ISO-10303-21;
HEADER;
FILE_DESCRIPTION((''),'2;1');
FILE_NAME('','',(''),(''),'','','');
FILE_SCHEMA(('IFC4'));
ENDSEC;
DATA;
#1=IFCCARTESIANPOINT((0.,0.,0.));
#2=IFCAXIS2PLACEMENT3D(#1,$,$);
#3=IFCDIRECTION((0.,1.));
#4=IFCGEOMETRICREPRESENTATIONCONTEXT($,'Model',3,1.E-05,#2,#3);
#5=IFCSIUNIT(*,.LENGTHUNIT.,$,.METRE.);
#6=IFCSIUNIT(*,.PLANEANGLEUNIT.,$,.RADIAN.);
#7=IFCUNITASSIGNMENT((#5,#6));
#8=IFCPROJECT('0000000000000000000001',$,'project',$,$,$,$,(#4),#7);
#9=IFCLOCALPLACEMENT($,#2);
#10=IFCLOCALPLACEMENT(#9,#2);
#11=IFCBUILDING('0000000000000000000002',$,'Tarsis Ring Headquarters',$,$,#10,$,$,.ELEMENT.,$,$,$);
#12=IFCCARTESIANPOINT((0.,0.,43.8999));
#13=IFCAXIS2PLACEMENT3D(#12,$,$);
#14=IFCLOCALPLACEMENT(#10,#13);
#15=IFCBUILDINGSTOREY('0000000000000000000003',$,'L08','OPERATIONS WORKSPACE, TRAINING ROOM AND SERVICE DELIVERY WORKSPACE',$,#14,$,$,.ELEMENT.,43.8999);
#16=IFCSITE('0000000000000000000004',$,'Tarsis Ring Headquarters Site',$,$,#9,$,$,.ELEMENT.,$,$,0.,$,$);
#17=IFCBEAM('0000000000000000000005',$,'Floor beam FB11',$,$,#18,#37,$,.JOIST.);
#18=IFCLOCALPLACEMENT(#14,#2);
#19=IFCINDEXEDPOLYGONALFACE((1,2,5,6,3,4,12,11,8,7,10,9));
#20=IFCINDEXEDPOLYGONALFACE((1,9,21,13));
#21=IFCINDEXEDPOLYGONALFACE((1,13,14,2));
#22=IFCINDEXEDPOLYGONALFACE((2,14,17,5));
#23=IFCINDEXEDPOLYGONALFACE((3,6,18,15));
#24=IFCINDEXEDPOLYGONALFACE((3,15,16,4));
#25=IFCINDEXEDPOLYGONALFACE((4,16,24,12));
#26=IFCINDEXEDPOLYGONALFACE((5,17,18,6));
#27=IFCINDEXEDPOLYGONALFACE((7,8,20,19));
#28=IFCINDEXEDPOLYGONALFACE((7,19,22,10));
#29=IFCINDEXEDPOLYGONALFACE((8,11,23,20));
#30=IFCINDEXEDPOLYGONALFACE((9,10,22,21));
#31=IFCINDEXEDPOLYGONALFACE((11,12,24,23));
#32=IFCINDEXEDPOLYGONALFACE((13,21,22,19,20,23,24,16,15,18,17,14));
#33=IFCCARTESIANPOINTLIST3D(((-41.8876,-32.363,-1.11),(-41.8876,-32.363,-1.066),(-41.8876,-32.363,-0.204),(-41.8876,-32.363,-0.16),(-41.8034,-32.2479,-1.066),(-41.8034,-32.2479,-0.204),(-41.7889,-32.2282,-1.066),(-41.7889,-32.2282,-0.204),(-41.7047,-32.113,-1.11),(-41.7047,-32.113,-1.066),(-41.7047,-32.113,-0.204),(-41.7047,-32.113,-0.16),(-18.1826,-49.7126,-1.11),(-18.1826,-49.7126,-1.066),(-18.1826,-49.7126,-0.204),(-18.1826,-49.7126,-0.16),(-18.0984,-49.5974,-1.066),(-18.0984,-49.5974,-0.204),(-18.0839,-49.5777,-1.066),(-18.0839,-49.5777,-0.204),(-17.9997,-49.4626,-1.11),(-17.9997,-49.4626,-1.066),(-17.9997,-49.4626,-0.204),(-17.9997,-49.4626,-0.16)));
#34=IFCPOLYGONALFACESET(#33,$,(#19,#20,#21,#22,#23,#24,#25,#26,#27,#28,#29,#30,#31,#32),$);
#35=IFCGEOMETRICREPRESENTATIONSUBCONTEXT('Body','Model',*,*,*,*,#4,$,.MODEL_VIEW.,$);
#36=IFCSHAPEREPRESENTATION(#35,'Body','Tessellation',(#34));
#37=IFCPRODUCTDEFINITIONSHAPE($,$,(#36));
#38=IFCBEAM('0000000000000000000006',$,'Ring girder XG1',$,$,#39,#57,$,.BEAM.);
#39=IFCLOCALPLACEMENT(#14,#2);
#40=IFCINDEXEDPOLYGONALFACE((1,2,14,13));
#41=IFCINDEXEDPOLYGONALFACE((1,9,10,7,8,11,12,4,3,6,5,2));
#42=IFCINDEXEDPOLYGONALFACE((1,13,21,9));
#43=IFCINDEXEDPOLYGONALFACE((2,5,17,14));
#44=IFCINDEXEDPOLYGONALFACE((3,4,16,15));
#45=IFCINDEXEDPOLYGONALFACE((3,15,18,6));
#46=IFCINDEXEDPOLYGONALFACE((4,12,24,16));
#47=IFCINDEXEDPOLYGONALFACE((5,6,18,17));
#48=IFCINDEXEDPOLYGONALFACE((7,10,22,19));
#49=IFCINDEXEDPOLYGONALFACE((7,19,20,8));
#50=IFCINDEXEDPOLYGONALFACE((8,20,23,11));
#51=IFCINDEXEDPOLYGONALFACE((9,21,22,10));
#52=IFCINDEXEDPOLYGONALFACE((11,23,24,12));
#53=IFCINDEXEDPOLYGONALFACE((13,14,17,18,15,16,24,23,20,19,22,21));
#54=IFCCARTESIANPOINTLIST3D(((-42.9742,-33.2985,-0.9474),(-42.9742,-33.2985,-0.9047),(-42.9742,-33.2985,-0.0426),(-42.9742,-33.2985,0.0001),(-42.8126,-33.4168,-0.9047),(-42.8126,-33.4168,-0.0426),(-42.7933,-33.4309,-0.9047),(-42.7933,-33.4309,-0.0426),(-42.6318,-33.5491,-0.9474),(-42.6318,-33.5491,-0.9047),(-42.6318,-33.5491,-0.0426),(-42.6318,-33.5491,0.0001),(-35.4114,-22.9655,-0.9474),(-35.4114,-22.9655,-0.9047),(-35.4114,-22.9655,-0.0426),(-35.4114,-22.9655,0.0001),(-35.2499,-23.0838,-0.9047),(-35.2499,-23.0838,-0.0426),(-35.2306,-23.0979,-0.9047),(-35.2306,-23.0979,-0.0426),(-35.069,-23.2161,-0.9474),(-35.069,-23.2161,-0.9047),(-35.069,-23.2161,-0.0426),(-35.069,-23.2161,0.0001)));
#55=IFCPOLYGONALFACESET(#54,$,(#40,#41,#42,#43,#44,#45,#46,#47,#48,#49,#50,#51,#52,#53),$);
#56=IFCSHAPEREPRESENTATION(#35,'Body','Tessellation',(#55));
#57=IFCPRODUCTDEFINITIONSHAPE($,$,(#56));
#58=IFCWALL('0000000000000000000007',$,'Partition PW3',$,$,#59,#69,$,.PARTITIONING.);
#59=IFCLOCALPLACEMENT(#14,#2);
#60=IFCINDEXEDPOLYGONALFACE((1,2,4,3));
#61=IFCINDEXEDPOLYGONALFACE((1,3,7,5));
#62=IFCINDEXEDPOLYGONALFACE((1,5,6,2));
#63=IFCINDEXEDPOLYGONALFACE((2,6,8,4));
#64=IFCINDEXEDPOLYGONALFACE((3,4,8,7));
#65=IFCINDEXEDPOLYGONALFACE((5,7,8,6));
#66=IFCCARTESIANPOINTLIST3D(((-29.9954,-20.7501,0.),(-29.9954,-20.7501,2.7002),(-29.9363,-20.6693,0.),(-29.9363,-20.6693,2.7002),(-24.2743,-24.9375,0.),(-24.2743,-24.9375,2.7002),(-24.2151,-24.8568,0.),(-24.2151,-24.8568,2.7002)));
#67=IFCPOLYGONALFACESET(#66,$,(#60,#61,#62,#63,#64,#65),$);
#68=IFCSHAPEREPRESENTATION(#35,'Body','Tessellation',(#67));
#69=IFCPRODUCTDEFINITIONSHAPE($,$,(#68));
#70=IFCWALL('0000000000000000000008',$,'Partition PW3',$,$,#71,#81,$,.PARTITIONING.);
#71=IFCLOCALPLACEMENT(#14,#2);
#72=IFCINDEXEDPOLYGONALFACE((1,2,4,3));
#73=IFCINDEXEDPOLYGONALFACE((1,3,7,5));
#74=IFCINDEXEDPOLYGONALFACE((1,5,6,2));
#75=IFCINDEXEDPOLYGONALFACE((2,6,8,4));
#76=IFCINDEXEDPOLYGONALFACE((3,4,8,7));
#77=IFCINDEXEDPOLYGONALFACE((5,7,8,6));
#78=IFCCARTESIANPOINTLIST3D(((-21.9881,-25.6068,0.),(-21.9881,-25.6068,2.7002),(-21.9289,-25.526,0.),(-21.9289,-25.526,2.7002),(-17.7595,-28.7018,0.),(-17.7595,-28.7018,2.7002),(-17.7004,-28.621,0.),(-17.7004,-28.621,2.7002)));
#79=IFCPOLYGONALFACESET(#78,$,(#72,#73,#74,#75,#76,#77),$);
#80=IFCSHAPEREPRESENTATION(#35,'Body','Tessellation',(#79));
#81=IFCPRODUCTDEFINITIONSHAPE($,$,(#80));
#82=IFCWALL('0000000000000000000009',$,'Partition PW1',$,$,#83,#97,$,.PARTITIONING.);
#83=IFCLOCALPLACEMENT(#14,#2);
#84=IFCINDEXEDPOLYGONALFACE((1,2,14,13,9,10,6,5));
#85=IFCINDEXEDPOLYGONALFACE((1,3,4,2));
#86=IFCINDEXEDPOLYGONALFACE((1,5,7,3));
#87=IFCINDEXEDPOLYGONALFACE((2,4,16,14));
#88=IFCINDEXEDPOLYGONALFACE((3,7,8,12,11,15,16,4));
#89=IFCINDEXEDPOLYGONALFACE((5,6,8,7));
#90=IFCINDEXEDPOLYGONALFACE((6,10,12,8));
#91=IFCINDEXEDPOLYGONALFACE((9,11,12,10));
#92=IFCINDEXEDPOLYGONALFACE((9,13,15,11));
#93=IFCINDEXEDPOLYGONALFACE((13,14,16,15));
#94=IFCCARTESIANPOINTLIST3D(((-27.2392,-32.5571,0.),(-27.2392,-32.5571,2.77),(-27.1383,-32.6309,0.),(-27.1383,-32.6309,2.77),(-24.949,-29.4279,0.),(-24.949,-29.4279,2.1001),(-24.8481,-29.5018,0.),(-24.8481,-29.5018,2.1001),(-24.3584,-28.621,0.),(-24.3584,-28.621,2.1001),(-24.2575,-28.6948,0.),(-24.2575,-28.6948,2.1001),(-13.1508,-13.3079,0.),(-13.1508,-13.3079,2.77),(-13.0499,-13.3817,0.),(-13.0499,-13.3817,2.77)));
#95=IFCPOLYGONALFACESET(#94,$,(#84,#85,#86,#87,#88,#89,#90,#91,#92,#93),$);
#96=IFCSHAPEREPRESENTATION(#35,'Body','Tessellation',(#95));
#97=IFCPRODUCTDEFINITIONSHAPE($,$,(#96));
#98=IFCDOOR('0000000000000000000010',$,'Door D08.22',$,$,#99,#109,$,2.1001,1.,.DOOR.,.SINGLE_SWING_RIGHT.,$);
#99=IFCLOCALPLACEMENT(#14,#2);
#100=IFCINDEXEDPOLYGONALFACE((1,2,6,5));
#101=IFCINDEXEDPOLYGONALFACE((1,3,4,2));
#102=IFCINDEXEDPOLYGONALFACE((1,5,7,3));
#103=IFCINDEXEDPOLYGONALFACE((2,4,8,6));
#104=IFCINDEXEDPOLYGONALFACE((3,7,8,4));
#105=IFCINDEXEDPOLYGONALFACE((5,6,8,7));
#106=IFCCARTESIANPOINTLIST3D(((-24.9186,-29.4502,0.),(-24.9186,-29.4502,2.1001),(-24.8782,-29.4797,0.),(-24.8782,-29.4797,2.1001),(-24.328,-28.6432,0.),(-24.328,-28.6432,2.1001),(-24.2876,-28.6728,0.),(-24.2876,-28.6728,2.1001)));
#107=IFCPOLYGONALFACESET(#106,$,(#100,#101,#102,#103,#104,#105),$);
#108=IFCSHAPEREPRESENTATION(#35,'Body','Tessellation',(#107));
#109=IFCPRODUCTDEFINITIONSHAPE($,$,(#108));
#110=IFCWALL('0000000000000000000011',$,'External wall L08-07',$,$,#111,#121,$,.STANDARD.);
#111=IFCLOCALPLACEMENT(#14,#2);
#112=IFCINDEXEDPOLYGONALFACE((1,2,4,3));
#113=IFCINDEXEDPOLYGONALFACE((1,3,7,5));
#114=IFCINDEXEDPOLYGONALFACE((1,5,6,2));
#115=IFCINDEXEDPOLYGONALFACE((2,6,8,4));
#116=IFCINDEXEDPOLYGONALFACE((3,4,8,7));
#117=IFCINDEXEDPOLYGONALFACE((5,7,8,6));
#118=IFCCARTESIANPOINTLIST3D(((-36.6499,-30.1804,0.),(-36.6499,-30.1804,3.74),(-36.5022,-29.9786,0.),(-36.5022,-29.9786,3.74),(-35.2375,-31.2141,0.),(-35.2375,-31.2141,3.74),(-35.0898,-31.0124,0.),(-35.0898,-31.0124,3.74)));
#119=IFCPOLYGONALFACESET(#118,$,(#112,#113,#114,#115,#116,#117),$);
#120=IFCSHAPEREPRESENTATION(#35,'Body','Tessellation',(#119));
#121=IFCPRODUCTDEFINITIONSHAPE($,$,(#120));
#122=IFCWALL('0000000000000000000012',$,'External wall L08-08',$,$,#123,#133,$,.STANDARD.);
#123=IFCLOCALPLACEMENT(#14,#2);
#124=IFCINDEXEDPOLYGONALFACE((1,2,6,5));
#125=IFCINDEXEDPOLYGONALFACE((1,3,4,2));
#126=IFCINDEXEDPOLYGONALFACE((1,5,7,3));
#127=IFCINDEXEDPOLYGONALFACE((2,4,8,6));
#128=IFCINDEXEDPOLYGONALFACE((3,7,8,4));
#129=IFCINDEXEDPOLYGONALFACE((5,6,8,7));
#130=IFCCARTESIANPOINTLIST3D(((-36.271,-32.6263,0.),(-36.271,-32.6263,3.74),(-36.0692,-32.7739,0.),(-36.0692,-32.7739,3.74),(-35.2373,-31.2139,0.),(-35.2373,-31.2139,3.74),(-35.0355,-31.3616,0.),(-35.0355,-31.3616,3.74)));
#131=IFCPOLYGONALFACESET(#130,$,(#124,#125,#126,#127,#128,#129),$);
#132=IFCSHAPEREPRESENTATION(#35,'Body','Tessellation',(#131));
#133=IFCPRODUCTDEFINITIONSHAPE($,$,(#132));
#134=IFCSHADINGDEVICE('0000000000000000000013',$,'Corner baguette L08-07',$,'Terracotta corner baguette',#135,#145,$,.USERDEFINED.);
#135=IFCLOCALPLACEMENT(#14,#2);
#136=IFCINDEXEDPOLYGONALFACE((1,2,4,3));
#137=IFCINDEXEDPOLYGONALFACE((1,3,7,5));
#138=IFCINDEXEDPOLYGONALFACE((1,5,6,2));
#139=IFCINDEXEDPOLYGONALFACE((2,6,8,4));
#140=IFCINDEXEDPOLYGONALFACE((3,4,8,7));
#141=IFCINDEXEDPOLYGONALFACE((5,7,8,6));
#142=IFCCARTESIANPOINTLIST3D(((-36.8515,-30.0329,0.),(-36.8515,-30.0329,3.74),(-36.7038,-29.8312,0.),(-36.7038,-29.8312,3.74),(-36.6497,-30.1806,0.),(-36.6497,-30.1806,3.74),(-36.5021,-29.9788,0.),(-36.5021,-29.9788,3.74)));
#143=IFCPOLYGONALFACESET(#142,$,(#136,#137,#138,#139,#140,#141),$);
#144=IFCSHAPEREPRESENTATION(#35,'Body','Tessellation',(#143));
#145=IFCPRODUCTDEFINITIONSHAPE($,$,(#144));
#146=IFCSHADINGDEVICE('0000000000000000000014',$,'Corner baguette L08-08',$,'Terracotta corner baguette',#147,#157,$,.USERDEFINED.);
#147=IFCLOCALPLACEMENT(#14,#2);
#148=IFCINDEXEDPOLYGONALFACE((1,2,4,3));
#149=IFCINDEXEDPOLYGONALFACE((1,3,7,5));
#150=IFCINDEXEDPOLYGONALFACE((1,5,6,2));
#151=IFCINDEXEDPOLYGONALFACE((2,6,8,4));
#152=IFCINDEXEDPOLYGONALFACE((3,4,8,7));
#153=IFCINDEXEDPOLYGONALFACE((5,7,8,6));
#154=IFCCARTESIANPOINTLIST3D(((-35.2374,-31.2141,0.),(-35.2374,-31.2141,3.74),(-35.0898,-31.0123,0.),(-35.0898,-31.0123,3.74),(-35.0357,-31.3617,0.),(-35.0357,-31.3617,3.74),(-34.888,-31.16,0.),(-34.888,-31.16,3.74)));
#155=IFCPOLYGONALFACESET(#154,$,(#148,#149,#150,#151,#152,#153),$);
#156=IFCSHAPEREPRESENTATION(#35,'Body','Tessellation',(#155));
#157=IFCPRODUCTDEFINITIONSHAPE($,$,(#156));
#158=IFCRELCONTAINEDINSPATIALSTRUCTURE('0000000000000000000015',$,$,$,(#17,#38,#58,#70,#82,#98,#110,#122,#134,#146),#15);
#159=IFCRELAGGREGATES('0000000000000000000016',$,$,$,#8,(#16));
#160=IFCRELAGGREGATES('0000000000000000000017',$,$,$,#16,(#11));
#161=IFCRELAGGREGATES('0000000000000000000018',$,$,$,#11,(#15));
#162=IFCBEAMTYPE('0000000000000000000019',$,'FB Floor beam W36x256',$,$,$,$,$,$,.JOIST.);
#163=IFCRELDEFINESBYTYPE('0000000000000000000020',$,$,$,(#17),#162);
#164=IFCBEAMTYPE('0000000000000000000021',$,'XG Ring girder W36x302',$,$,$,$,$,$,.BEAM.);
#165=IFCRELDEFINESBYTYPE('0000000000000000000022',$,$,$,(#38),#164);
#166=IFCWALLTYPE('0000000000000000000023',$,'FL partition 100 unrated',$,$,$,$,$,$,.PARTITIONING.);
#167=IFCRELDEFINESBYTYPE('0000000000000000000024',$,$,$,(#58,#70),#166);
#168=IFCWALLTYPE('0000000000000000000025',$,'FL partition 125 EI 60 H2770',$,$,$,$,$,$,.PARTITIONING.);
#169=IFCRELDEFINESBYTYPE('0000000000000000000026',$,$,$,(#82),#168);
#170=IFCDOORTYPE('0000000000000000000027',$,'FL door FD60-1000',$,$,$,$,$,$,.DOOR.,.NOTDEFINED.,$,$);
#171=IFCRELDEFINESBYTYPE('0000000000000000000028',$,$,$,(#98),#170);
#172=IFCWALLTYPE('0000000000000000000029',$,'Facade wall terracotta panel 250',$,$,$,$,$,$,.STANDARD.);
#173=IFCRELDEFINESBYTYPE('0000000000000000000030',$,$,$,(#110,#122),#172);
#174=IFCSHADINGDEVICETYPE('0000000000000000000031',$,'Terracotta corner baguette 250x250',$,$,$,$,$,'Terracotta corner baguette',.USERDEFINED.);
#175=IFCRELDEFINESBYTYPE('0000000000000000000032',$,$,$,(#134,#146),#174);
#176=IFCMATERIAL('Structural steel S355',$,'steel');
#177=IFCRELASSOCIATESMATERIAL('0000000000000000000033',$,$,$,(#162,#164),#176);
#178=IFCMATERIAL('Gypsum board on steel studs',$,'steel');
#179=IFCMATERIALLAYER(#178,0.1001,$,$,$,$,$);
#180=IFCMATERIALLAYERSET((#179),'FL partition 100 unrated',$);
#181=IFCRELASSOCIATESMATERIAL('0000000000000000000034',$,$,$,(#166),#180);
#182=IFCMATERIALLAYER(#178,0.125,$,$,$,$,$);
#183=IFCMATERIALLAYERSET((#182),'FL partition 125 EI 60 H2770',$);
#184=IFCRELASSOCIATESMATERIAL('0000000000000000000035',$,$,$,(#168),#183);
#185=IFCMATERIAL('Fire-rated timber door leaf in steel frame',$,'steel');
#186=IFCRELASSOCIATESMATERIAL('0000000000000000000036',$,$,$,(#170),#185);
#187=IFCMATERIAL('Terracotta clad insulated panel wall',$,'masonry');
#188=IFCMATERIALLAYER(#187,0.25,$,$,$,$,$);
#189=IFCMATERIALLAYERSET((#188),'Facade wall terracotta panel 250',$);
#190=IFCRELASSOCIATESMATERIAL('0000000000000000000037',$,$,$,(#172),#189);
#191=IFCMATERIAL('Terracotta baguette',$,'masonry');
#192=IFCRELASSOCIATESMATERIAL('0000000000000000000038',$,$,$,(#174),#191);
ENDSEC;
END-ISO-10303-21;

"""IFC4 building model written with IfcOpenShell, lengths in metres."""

from ifc_helpers import new_model, si_unit, direction, frame, frame_2d, origin, origin_2d, place, context, subcontext, project, spatial, rectangle, i_section, extrude, material, layer, layer_set, material_profile, profile_set, type_object, element, fill, save


model = new_model("IFC4")

# Units and contexts
model_context = context("Model", 3, precision=1e-05, world=origin(), true_north=direction((0.0, 1.0)))
body_context = subcontext(model_context, "Body", "Model", "MODEL_VIEW")
ifc_project = project(units=[si_unit("LENGTHUNIT", "METRE"), si_unit("PLANEANGLEUNIT", "RADIAN")], contexts=[model_context])

# Site, building, storey
site_placement = place(None, origin())
site = spatial("IfcSite", under=ifc_project, at=site_placement, Name="Tarsis Ring Headquarters Site", CompositionType="ELEMENT", RefElevation=0.0)
building_placement = place(site_placement, origin())
building = spatial("IfcBuilding", under=site, at=building_placement, Name="Tarsis Ring Headquarters", CompositionType="ELEMENT")
storey_placement = place(building_placement, frame((0.0, 0.0, 43.8999)))
storey = spatial("IfcBuildingStorey", under=building, at=storey_placement, Name="L08", Description="OPERATIONS WORKSPACE, TRAINING ROOM AND SERVICE DELIVERY WORKSPACE", CompositionType="ELEMENT", Elevation=43.8999)

# Beams
ifc_material_1 = material(Name="Structural steel S355", Category="steel")
ifc_material_profile_1 = material_profile(ifc_material_1, i_section(OverallWidth=0.3098, OverallDepth=0.95, WebThickness=0.0244, FlangeThickness=0.0439, at=origin_2d()), Name="W36x256")
ifc_profile_set_1 = profile_set([ifc_material_profile_1], Name="Structural steel S355")
beam_type_1 = type_object("IfcBeamType", Name="FB Floor beam W36x256", PredefinedType="JOIST", material=ifc_profile_set_1)
for number, where, z_axis, x_axis, name in (
    (1, (-41.7961, -32.238, -0.635), (0.806958, -0.590608, 0.0), (0.590608, 0.806958, 0.0), "Floor beam FB11"),
):
    element("IfcBeam", number, at=place(storey_placement, frame(where, z_axis=z_axis, x_axis=x_axis)), inside=storey, type_object=beam_type_1, Name=name, PredefinedType="JOIST", context=body_context, shape_type="SweptSolid", body=[
        extrude(i_section(OverallWidth=0.3098, OverallDepth=0.95, WebThickness=0.0244, FlangeThickness=0.0439, at=origin_2d()), origin(), (0.0, 0.0, 1.0), 29.3757),
    ])
ifc_material_profile_2 = material_profile(ifc_material_1, i_section(OverallWidth=0.4243, OverallDepth=0.9475, WebThickness=0.0239, FlangeThickness=0.0427, at=origin_2d()), Name="W36x302")
ifc_profile_set_2 = profile_set([ifc_material_profile_2], Name="Structural steel S355")
beam_type_2 = type_object("IfcBeamType", Name="XG Ring girder W36x302", PredefinedType="BEAM", material=ifc_profile_set_2)
beam_placement = place(storey_placement, frame((-35.2402, -23.0908, -0.4736), z_axis=(-0.590612, -0.806956, 0.0), x_axis=(0.806956, -0.590612, 0.0)))
element("IfcBeam", 2, at=beam_placement, inside=storey, type_object=beam_type_2, Name="Ring girder XG1", PredefinedType="BEAM", context=body_context, shape_type="SweptSolid", body=[
    extrude(i_section(OverallWidth=0.4243, OverallDepth=0.9475, WebThickness=0.0239, FlangeThickness=0.0427, at=origin_2d()), origin(), (0.0, 0.0, 1.0), 12.8049),
])

# Walls
ifc_material_2 = material(Name="Gypsum board on steel studs", Category="steel")
ifc_layer_1 = layer(ifc_material_2, 0.1001)
ifc_layer_set_1 = layer_set([ifc_layer_1], Name="FL partition 100 unrated")
wall_type_1 = type_object("IfcWallType", Name="FL partition 100 unrated", PredefinedType="PARTITIONING", material=ifc_layer_set_1)
wall_1_placement = place(storey_placement, frame((-29.9658, -20.7097, 0.0), z_axis=(0.0, 0.0, 1.0), x_axis=(0.806945, -0.590626, 0.0)))
element("IfcWall", 3, at=wall_1_placement, inside=storey, type_object=wall_type_1, Name="Partition PW3", PredefinedType="PARTITIONING", context=body_context, shape_type="SweptSolid", body=[
    extrude(rectangle(XDim=7.0898, YDim=0.1001, at=frame_2d((3.5449, 0.0))), origin(), (0.0, 0.0, 1.0), 2.7002),
])
wall_2_placement = place(storey_placement, frame((-21.9585, -25.5664, 0.0), z_axis=(0.0, 0.0, 1.0), x_axis=(0.806945, -0.590626, 0.0)))
element("IfcWall", 4, at=wall_2_placement, inside=storey, type_object=wall_type_1, Name="Partition PW3", PredefinedType="PARTITIONING", context=body_context, shape_type="SweptSolid", body=[
    extrude(rectangle(XDim=5.2402, YDim=0.1001, at=frame_2d((2.6201, 0.0))), origin(), (0.0, 0.0, 1.0), 2.7002),
])

# Wall, opening, door
ifc_layer_2 = layer(ifc_material_2, 0.125)
ifc_layer_set_2 = layer_set([ifc_layer_2], Name="FL partition 125 EI 60 H2770")
wall_type_2 = type_object("IfcWallType", Name="FL partition 125 EI 60 H2770", PredefinedType="PARTITIONING", material=ifc_layer_set_2)
wall_3_placement = place(storey_placement, frame((-27.1887, -32.594, 0.0), z_axis=(0.0, 0.0, 1.0), x_axis=(0.590607, 0.806959, 0.0)))
wall_3 = element("IfcWall", 5, at=wall_3_placement, inside=storey, type_object=wall_type_2, Name="Partition PW1", PredefinedType="PARTITIONING", context=body_context, shape_type="SweptSolid", body=[
    extrude(rectangle(XDim=23.854, YDim=0.125, at=frame_2d((11.927, 0.0))), origin(), (0.0, 0.0, 1.0), 2.77),
])
opening_placement = place(wall_3_placement, frame((3.8777, 0.0, 0.0)))
opening = element("IfcOpeningElement", 6, at=opening_placement, cuts=wall_3, PredefinedType="OPENING", context=body_context, shape_type="SweptSolid", body=[
    extrude(rectangle(XDim=1.0, YDim=2.1001, at=frame_2d((0.5, 1.05))), frame((0.0, 0.0725, 0.0), z_axis=(0.0, -1.0, 0.0), x_axis=(1.0, 0.0, 0.0)), (0.0, 0.0, 1.0), 0.145),
])
ifc_material_3 = material(Name="Fire-rated timber door leaf in steel frame", Category="steel")
door_type = type_object("IfcDoorType", Name="FL door FD60-1000", OperationType="NOTDEFINED", PredefinedType="DOOR", material=ifc_material_3)
door_placement = place(opening_placement, origin())
door = element("IfcDoor", 7, at=door_placement, inside=storey, type_object=door_type, Name="Door D08.22", OperationType="SINGLE_SWING_RIGHT", OverallHeight=2.1001, OverallWidth=1.0, PredefinedType="DOOR", context=body_context, shape_type="SweptSolid", body=[
    extrude(rectangle(XDim=1.0, YDim=2.1001, at=frame_2d((0.5, 1.05))), frame((0.0, 0.0249, 0.0), z_axis=(0.0, -1.0, 0.0), x_axis=(1.0, 0.0, 0.0)), (0.0, 0.0, 1.0), 0.05),
])
fill(opening, door)

# Walls
ifc_material_4 = material(Name="Terracotta clad insulated panel wall", Category="masonry")
ifc_layer_3 = layer(ifc_material_4, 0.25)
ifc_layer_set_3 = layer_set([ifc_layer_3], Name="Facade wall terracotta panel 250")
wall_type_3 = type_object("IfcWallType", Name="Facade wall terracotta panel 250", PredefinedType="STANDARD", material=ifc_layer_set_3)
for number, where, z_axis, x_axis, name in (
    (8, (-36.5759, -30.0796, 0.0), (0.0, 0.0, 1.0), (0.806959, -0.590607, 0.0), "External wall L08-07"),
    (9, (-35.1365, -31.2878, 0.0), (0.0, 0.0, 1.0), (-0.590607, -0.806959, 0.0), "External wall L08-08"),
):
    element("IfcWall", number, at=place(storey_placement, frame(where, z_axis=z_axis, x_axis=x_axis)), inside=storey, type_object=wall_type_3, Name=name, PredefinedType="STANDARD", context=body_context, shape_type="SweptSolid", body=[
        extrude(rectangle(XDim=1.7502, YDim=0.25, at=frame_2d((0.875, 0.0))), origin(), (0.0, 0.0, 1.0), 3.74),
    ])

# Shading devices
ifc_material_5 = material(Name="Terracotta baguette", Category="masonry")
shading_device_type_1 = type_object("IfcShadingDeviceType", Name="Terracotta corner baguette 250x250", ElementType="Terracotta corner baguette", PredefinedType="USERDEFINED", material=ifc_material_5)
for number, where, z_axis, x_axis, name in (
    (10, (-36.6768, -30.0059, 0.0), (0.0, 0.0, 1.0), (-0.590606, -0.80696, 0.0), "Corner baguette L08-07"),
    (11, (-35.0627, -31.187, 0.0), (0.0, 0.0, 1.0), (0.80696, -0.590606, 0.0), "Corner baguette L08-08"),
):
    element("IfcShadingDevice", number, at=place(storey_placement, frame(where, z_axis=z_axis, x_axis=x_axis)), inside=storey, type_object=shading_device_type_1, Name=name, ObjectType="Terracotta corner baguette", PredefinedType="USERDEFINED", context=body_context, shape_type="SweptSolid", body=[
        extrude(rectangle(XDim=0.25, YDim=0.25, at=origin_2d()), origin(), (0.0, 0.0, 1.0), 3.74),
    ])

save(model, "model.ifc")
